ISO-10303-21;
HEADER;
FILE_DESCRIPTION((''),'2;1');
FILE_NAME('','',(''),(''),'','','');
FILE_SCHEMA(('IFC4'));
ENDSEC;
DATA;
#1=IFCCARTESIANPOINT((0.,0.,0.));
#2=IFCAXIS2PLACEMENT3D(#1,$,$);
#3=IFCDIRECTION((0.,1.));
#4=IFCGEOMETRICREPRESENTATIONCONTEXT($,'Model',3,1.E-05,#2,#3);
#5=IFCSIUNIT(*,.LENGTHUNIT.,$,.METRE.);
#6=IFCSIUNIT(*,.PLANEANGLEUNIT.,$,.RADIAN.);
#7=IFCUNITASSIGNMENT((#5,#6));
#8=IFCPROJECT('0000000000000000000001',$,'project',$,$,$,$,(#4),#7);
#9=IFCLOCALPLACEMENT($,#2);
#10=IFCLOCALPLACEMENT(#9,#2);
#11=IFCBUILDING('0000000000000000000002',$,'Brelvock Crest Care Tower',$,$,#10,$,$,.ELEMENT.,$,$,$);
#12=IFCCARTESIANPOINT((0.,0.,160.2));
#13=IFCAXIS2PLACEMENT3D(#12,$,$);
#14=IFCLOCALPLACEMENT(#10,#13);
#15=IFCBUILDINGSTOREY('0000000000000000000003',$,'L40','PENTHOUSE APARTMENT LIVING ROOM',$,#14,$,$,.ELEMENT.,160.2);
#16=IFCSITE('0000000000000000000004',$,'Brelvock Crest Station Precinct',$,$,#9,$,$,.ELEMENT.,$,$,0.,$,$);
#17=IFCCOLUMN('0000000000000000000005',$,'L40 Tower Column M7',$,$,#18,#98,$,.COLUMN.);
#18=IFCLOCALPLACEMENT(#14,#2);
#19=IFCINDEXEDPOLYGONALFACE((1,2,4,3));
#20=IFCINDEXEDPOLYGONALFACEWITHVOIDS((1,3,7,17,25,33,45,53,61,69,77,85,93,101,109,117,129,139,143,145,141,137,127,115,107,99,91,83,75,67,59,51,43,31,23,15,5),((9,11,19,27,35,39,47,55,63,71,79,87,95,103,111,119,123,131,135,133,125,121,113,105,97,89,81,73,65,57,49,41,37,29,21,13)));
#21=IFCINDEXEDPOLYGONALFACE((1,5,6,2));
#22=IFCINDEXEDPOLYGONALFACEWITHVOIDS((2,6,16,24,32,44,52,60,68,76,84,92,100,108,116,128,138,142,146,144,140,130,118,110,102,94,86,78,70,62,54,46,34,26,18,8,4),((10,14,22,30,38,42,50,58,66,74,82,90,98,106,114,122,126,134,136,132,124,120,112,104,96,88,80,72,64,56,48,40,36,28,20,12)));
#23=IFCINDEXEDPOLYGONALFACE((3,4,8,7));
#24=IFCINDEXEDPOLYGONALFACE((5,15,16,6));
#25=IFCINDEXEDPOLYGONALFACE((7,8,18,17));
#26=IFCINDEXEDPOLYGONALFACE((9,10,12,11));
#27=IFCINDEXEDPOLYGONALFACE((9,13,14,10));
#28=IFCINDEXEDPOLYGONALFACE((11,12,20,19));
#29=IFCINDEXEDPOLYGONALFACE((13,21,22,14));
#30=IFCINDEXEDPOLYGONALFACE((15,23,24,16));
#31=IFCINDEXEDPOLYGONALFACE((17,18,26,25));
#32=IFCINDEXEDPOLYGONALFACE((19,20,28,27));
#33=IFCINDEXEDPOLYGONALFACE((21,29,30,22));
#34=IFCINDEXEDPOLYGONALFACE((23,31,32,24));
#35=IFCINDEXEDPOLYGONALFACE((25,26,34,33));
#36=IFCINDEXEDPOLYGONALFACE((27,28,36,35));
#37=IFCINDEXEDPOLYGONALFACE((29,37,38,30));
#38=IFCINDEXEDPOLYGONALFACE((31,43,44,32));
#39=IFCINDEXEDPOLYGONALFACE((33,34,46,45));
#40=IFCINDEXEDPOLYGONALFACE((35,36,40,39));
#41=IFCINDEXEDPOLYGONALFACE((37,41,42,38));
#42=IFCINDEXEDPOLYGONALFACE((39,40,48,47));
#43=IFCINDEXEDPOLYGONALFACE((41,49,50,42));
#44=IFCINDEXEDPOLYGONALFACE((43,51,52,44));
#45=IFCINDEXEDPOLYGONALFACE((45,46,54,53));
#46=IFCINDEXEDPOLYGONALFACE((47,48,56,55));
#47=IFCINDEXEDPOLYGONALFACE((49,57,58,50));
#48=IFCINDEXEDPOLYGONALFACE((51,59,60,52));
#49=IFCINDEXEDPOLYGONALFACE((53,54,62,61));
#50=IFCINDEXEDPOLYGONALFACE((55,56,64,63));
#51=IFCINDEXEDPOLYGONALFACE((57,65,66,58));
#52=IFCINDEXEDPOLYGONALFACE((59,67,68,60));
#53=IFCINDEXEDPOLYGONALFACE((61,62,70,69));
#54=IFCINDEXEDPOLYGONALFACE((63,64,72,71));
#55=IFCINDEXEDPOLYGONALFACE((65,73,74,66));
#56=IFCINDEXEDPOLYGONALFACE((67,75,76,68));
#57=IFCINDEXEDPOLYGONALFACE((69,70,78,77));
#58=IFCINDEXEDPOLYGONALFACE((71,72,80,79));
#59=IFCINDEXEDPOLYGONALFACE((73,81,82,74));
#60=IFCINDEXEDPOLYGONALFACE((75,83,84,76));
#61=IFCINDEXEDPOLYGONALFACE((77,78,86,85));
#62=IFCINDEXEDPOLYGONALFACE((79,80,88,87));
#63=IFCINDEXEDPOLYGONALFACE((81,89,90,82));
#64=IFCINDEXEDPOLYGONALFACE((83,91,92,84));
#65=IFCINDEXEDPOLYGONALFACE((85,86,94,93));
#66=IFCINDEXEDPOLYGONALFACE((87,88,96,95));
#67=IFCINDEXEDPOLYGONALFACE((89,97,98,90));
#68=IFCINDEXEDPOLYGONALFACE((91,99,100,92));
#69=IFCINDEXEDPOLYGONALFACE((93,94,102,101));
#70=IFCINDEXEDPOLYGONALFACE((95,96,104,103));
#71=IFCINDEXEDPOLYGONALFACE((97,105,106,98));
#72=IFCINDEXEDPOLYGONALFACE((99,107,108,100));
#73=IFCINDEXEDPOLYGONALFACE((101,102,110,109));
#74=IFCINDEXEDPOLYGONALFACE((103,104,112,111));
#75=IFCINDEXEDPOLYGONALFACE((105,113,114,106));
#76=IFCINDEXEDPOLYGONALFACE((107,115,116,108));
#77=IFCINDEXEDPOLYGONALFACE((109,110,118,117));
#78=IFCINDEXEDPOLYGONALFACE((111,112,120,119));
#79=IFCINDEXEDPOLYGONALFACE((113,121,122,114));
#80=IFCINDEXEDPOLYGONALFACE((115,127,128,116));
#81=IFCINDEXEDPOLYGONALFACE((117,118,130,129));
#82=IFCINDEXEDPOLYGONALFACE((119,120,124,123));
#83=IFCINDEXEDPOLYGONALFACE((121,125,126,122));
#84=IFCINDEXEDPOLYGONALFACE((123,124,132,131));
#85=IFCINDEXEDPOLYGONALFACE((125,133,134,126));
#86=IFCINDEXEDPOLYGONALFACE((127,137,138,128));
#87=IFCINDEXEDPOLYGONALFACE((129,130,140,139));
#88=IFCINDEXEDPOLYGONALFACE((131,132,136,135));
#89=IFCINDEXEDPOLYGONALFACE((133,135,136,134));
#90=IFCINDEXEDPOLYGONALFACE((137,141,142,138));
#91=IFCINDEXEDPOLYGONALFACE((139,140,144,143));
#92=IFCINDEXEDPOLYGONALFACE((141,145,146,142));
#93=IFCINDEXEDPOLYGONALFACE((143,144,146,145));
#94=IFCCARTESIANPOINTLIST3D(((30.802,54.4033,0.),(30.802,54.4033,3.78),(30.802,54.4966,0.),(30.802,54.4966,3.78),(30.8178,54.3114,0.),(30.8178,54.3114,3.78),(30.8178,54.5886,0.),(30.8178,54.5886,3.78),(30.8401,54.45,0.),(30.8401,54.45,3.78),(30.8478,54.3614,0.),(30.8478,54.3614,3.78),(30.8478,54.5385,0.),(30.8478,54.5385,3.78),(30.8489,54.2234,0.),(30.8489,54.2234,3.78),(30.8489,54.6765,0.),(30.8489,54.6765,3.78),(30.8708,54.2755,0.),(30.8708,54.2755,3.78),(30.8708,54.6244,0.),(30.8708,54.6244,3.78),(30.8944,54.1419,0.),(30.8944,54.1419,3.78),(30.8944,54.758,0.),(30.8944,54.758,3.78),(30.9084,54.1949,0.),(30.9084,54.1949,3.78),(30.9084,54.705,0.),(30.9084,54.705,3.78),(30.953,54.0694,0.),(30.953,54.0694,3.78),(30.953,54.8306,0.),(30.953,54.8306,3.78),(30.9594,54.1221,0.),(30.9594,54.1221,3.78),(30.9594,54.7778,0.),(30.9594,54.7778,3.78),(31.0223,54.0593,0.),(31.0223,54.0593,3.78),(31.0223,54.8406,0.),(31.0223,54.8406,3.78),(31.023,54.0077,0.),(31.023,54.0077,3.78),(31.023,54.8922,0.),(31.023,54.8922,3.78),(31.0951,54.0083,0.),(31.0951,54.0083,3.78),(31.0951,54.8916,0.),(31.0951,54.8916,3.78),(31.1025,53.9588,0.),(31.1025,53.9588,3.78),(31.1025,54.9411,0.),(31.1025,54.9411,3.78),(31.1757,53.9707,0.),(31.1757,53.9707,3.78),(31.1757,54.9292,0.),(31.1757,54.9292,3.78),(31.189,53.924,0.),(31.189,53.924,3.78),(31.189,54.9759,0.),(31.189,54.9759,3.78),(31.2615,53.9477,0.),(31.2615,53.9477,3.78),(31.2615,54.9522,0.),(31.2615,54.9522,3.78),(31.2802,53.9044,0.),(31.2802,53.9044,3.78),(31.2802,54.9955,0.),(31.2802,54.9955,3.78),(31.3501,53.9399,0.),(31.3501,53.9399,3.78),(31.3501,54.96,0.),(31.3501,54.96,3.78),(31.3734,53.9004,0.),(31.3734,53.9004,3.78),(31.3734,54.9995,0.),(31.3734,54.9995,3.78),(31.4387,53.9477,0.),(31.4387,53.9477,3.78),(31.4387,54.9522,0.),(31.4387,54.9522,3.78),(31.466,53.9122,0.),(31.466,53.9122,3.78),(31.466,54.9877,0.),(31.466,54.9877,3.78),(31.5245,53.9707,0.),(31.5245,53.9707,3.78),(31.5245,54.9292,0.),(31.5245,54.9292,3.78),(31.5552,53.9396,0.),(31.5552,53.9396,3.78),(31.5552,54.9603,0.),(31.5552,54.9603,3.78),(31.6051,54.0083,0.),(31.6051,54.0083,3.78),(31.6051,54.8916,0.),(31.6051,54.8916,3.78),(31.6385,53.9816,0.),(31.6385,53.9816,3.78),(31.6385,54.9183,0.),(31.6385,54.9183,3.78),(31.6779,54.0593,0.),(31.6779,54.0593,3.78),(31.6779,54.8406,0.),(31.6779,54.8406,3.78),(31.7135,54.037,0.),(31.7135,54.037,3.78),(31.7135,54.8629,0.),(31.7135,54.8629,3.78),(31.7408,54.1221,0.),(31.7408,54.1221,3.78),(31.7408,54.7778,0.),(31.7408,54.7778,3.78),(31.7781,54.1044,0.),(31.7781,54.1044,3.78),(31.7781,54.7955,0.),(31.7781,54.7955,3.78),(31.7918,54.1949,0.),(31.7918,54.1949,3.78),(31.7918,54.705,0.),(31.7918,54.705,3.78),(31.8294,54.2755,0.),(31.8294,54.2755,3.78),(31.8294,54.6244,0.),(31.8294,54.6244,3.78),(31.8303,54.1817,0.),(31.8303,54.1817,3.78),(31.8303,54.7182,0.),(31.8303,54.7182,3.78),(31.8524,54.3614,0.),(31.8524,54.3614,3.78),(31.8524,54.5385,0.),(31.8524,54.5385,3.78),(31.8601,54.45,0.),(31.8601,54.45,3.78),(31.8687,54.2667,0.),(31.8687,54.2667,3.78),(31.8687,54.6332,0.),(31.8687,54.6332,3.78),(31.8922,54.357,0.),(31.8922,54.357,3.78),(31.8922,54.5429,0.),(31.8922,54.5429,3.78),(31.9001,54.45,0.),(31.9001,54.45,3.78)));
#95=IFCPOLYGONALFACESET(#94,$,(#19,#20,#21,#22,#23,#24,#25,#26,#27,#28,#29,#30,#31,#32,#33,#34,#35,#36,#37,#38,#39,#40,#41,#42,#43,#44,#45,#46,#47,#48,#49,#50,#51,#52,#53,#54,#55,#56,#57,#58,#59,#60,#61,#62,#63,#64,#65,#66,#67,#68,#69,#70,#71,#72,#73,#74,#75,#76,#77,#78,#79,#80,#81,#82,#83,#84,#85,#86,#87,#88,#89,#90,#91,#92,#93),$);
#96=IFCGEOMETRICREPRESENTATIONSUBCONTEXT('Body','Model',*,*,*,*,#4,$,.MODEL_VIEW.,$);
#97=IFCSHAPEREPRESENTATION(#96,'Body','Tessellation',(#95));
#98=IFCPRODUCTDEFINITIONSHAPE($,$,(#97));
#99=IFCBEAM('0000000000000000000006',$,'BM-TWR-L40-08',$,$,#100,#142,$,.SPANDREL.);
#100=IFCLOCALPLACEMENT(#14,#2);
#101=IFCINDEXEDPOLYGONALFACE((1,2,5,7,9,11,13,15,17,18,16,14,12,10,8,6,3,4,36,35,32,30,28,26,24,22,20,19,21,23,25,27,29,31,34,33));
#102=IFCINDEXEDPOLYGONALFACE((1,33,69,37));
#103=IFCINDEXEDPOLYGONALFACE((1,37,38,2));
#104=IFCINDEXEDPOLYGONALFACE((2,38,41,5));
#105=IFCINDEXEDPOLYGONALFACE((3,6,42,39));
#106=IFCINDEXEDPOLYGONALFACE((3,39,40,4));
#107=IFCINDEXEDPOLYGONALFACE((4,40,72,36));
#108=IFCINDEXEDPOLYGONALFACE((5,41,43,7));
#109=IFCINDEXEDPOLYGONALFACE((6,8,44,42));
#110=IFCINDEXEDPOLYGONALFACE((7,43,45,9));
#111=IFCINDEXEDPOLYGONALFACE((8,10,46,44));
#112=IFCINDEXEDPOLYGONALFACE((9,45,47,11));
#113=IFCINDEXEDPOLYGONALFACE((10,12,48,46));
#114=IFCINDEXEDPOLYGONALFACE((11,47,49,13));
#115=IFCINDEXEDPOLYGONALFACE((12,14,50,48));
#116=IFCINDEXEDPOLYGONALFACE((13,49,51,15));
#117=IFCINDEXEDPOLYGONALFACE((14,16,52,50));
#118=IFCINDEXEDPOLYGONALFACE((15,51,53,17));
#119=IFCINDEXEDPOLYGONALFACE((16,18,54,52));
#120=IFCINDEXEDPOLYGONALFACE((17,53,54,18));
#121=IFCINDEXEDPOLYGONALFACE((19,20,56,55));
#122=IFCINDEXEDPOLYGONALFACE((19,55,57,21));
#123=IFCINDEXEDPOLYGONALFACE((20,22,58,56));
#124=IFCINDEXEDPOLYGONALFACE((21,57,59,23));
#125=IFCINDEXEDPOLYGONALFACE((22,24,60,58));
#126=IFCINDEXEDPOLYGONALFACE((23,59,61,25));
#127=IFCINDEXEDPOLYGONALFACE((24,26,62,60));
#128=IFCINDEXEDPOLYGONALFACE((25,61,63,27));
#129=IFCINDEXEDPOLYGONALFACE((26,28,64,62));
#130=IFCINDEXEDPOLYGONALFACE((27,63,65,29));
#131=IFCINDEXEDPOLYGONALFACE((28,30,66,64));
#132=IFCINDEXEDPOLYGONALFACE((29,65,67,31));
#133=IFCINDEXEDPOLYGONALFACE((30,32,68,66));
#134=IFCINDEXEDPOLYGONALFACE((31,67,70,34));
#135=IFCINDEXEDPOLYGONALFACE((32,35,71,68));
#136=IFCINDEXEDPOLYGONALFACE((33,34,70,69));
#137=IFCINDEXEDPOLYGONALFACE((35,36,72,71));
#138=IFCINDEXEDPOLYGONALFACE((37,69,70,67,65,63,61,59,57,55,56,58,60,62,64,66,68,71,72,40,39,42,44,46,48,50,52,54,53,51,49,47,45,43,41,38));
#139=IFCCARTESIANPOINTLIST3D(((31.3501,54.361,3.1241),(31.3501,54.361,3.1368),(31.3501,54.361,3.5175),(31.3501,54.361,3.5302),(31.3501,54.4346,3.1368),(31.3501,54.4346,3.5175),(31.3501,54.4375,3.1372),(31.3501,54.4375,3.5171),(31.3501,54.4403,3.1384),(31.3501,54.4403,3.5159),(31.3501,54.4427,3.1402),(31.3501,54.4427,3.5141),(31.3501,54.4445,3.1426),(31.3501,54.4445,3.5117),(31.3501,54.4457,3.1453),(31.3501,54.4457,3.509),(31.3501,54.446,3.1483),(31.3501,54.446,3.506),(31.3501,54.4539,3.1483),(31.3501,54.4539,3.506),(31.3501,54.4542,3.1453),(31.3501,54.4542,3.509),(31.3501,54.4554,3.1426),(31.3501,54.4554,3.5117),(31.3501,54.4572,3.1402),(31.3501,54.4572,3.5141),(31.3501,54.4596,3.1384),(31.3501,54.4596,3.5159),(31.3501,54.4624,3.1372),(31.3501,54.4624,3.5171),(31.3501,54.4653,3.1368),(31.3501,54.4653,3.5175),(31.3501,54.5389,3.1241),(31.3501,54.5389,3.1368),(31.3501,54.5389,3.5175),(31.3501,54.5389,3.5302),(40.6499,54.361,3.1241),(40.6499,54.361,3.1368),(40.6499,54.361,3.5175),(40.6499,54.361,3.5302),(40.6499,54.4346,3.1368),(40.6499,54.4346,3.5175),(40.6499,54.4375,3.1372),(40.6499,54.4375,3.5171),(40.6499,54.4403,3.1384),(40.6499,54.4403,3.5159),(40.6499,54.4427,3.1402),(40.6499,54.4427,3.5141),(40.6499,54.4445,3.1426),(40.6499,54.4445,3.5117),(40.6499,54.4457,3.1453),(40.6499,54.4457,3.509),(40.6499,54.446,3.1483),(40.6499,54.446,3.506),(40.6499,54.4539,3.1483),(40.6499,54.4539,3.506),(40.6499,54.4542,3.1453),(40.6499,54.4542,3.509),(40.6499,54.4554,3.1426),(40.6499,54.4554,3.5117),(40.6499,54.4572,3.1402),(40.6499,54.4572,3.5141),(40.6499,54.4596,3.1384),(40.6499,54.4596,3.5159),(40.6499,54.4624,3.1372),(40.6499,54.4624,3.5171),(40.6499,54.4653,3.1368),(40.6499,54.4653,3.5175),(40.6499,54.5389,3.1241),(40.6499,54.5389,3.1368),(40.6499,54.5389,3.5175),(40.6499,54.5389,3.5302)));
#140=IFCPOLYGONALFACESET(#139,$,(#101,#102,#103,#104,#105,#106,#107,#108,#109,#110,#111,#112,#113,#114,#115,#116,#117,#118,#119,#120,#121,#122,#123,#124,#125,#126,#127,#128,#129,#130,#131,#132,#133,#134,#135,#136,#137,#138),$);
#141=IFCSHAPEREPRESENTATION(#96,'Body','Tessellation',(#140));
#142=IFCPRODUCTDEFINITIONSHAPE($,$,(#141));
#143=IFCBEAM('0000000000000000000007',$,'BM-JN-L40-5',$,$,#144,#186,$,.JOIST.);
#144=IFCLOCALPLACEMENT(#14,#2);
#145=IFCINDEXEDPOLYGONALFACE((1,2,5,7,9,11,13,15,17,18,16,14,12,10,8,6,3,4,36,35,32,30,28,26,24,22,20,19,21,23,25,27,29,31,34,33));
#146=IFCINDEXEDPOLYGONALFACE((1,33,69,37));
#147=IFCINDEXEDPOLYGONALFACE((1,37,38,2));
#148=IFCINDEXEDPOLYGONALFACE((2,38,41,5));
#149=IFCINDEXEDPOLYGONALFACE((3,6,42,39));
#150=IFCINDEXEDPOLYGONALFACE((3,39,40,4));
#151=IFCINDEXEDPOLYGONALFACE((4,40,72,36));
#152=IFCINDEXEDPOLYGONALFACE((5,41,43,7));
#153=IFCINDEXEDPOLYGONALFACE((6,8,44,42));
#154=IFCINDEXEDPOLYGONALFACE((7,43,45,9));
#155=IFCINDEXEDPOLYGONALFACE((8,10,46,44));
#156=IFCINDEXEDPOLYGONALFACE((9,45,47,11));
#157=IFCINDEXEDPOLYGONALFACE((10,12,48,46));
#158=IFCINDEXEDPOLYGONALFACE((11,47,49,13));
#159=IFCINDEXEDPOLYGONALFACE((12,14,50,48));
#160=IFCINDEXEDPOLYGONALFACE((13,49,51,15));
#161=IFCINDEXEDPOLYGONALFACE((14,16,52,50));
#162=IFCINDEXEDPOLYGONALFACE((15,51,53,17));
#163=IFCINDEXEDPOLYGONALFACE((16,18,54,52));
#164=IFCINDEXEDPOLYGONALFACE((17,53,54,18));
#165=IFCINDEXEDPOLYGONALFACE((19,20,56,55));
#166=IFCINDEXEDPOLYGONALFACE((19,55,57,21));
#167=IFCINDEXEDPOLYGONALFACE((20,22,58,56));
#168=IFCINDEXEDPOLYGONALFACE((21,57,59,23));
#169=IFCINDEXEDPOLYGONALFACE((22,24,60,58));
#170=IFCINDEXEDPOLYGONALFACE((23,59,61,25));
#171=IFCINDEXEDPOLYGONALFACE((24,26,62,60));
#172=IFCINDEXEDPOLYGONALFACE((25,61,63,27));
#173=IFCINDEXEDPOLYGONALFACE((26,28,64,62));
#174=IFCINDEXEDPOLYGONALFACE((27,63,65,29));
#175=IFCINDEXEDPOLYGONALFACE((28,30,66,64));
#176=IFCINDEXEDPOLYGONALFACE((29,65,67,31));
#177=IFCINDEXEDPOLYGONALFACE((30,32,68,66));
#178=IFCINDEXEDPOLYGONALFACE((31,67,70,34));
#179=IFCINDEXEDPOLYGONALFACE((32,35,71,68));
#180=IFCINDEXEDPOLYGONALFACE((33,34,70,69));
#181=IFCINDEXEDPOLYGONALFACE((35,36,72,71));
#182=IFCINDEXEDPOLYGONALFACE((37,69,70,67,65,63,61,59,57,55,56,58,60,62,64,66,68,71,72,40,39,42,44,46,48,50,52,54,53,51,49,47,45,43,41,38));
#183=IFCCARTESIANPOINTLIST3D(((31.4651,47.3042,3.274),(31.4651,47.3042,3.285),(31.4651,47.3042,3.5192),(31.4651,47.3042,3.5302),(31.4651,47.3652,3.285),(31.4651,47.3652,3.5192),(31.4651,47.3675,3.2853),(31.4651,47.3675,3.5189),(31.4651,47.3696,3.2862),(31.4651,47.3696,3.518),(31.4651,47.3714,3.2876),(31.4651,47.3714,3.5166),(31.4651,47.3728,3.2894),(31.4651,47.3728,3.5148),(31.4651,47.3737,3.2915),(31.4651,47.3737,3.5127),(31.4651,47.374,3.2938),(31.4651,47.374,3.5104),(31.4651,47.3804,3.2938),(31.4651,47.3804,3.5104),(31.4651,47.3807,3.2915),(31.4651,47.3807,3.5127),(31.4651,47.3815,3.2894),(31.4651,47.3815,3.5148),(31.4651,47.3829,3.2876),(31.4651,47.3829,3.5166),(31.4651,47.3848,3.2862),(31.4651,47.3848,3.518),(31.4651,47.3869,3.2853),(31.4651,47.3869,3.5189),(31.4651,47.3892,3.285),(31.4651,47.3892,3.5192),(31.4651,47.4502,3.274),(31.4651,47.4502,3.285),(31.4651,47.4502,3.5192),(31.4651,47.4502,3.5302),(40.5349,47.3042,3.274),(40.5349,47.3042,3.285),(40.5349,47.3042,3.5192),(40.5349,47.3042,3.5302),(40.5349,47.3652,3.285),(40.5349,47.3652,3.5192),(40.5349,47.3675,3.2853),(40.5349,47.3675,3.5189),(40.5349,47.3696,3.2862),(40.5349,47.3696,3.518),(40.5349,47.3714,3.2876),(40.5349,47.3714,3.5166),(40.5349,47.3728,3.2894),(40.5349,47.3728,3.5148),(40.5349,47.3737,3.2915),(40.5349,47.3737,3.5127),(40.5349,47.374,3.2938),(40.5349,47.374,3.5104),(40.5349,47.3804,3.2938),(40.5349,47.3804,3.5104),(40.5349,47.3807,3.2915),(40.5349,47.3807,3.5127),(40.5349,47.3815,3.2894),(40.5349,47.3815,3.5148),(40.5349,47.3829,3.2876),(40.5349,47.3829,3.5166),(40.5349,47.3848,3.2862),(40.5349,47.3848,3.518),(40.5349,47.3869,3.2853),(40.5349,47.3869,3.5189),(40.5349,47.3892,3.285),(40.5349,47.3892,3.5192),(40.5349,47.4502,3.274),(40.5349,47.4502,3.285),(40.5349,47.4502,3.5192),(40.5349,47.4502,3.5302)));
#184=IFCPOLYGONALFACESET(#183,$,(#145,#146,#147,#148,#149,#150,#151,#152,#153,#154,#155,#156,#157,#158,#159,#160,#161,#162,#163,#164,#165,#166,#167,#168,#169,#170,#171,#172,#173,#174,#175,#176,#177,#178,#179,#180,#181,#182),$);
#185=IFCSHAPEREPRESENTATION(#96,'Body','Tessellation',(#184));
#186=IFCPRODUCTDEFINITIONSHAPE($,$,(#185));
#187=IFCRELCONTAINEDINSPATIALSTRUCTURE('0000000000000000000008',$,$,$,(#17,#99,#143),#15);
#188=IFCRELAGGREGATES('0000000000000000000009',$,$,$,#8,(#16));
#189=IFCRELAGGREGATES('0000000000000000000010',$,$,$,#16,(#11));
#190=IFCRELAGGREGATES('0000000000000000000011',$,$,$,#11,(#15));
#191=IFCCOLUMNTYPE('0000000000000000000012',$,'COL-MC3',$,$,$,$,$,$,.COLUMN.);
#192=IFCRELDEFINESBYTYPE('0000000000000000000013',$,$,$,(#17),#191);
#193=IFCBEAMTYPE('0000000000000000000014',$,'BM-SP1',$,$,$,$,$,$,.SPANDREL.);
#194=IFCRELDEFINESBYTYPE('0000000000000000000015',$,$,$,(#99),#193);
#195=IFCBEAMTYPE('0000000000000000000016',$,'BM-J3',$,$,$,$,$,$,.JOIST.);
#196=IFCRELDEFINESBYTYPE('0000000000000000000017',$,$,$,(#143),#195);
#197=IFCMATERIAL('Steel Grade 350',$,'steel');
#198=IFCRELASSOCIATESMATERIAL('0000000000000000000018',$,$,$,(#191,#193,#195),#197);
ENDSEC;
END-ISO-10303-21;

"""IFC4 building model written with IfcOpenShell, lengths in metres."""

from ifc_helpers import new_model, si_unit, direction, frame, origin, origin_2d, place, context, subcontext, project, spatial, hollow_circle, i_section, extrude, source, transform, mapped, material, material_profile, profile_set, type_object, element, save


model = new_model("IFC4")

# Units and contexts
model_context = context("Model", 3, precision=1e-05, world=origin(), true_north=direction((0.0, 1.0)))
body_context = subcontext(model_context, "Body", "Model", "MODEL_VIEW")
ifc_project = project(units=[si_unit("LENGTHUNIT", "METRE"), si_unit("PLANEANGLEUNIT", "RADIAN")], contexts=[model_context])

# Site, building, storey
site_placement = place(None, origin())
site = spatial("IfcSite", under=ifc_project, at=site_placement, Name="Brelvock Crest Station Precinct", CompositionType="ELEMENT", RefElevation=0.0)
building_placement = place(site_placement, origin())
building = spatial("IfcBuilding", under=site, at=building_placement, Name="Brelvock Crest Care Tower", CompositionType="ELEMENT")
storey_placement = place(building_placement, frame((0.0, 0.0, 160.2)))
storey = spatial("IfcBuildingStorey", under=building, at=storey_placement, Name="L40", Description="PENTHOUSE APARTMENT LIVING ROOM", CompositionType="ELEMENT", Elevation=160.2)

# Column
ifc_material_1 = material(Name="Steel Grade 350", Category="steel")
ifc_material_profile_1 = material_profile(ifc_material_1, hollow_circle(Radius=0.55, WallThickness=0.04, at=origin_2d()), Name="CFT1100x40")
ifc_profile_set_1 = profile_set([ifc_material_profile_1], Name="Steel Grade 350")
column_type = type_object("IfcColumnType", Name="COL-MC3", PredefinedType="COLUMN", material=ifc_profile_set_1)
shared_shape_1 = source(origin(), body_context, "Body", "SweptSolid", [
    extrude(hollow_circle(Radius=0.55, WallThickness=0.04, at=origin_2d()), origin(), (0.0, 0.0, 1.0), 3.78),
])
column_placement = place(storey_placement, frame((31.3501, 54.45, 0.0), z_axis=(0.0, 0.0, 1.0), x_axis=(1.0, 0.0, 0.0)))
element("IfcColumn", 1, at=column_placement, inside=storey, type_object=column_type, Name="L40 Tower Column M7", PredefinedType="COLUMN", context=body_context, shape_type="MappedRepresentation", body=[
    mapped(shared_shape_1, transform((0.0, 0.0, 0.0), x_axis=(1.0, 0.0, 0.0), y_axis=(0.0, 1.0, 0.0), z_axis=(0.0, 0.0, 1.0), scale=1.0)),
])

# Beams
ifc_material_profile_2 = material_profile(ifc_material_1, i_section(OverallWidth=0.178, OverallDepth=0.406, WebThickness=0.0078, FlangeThickness=0.0127, FilletRadius=0.0115, at=origin_2d()), Name="410UB59.7")
ifc_profile_set_2 = profile_set([ifc_material_profile_2], Name="Steel Grade 350")
beam_type_1 = type_object("IfcBeamType", Name="BM-SP1", PredefinedType="SPANDREL", material=ifc_profile_set_2)
shared_shape_2 = source(origin(), body_context, "Body", "SweptSolid", [
    extrude(i_section(OverallWidth=0.178, OverallDepth=0.406, WebThickness=0.0078, FlangeThickness=0.0127, FilletRadius=0.0115, at=origin_2d()), origin(), (0.0, 0.0, 1.0), 9.2998),
])
beam_placement = place(storey_placement, frame((31.3501, 54.45, 3.3271), z_axis=(1.0, 0.0, 0.0), x_axis=(0.0, 1.0, 0.0)))
element("IfcBeam", 2, at=beam_placement, inside=storey, type_object=beam_type_1, Name="BM-TWR-L40-08", PredefinedType="SPANDREL", context=body_context, shape_type="MappedRepresentation", body=[
    mapped(shared_shape_2, transform((0.0, 0.0, 0.0), x_axis=(1.0, 0.0, 0.0), y_axis=(0.0, 1.0, 0.0), z_axis=(0.0, 0.0, 1.0), scale=1.0)),
])
ifc_material_profile_3 = material_profile(ifc_material_1, i_section(OverallWidth=0.146, OverallDepth=0.2561, WebThickness=0.0063, FlangeThickness=0.011, FilletRadius=0.0088, at=origin_2d()), Name="250UB37.3")
ifc_profile_set_3 = profile_set([ifc_material_profile_3], Name="Steel Grade 350")
beam_type_2 = type_object("IfcBeamType", Name="BM-J3", PredefinedType="JOIST", material=ifc_profile_set_3)
shared_shape_3 = source(origin(), body_context, "Body", "SweptSolid", [
    extrude(i_section(OverallWidth=0.146, OverallDepth=0.2561, WebThickness=0.0063, FlangeThickness=0.011, FilletRadius=0.0088, at=origin_2d()), origin(), (0.0, 0.0, 1.0), 9.0698),
])
for number, where, z_axis, x_axis, name in (
    (3, (31.4651, 47.3772, 3.4021), (1.0, 0.0, 0.0), (0.0, 1.0, 0.0), "BM-JN-L40-5"),
):
    element("IfcBeam", number, at=place(storey_placement, frame(where, z_axis=z_axis, x_axis=x_axis)), inside=storey, type_object=beam_type_2, Name=name, PredefinedType="JOIST", context=body_context, shape_type="MappedRepresentation", body=[
        mapped(shared_shape_3, transform((0.0, 0.0, 0.0), x_axis=(1.0, 0.0, 0.0), y_axis=(0.0, 1.0, 0.0), z_axis=(0.0, 0.0, 1.0), scale=1.0)),
    ])

save(model, "model.ifc")
